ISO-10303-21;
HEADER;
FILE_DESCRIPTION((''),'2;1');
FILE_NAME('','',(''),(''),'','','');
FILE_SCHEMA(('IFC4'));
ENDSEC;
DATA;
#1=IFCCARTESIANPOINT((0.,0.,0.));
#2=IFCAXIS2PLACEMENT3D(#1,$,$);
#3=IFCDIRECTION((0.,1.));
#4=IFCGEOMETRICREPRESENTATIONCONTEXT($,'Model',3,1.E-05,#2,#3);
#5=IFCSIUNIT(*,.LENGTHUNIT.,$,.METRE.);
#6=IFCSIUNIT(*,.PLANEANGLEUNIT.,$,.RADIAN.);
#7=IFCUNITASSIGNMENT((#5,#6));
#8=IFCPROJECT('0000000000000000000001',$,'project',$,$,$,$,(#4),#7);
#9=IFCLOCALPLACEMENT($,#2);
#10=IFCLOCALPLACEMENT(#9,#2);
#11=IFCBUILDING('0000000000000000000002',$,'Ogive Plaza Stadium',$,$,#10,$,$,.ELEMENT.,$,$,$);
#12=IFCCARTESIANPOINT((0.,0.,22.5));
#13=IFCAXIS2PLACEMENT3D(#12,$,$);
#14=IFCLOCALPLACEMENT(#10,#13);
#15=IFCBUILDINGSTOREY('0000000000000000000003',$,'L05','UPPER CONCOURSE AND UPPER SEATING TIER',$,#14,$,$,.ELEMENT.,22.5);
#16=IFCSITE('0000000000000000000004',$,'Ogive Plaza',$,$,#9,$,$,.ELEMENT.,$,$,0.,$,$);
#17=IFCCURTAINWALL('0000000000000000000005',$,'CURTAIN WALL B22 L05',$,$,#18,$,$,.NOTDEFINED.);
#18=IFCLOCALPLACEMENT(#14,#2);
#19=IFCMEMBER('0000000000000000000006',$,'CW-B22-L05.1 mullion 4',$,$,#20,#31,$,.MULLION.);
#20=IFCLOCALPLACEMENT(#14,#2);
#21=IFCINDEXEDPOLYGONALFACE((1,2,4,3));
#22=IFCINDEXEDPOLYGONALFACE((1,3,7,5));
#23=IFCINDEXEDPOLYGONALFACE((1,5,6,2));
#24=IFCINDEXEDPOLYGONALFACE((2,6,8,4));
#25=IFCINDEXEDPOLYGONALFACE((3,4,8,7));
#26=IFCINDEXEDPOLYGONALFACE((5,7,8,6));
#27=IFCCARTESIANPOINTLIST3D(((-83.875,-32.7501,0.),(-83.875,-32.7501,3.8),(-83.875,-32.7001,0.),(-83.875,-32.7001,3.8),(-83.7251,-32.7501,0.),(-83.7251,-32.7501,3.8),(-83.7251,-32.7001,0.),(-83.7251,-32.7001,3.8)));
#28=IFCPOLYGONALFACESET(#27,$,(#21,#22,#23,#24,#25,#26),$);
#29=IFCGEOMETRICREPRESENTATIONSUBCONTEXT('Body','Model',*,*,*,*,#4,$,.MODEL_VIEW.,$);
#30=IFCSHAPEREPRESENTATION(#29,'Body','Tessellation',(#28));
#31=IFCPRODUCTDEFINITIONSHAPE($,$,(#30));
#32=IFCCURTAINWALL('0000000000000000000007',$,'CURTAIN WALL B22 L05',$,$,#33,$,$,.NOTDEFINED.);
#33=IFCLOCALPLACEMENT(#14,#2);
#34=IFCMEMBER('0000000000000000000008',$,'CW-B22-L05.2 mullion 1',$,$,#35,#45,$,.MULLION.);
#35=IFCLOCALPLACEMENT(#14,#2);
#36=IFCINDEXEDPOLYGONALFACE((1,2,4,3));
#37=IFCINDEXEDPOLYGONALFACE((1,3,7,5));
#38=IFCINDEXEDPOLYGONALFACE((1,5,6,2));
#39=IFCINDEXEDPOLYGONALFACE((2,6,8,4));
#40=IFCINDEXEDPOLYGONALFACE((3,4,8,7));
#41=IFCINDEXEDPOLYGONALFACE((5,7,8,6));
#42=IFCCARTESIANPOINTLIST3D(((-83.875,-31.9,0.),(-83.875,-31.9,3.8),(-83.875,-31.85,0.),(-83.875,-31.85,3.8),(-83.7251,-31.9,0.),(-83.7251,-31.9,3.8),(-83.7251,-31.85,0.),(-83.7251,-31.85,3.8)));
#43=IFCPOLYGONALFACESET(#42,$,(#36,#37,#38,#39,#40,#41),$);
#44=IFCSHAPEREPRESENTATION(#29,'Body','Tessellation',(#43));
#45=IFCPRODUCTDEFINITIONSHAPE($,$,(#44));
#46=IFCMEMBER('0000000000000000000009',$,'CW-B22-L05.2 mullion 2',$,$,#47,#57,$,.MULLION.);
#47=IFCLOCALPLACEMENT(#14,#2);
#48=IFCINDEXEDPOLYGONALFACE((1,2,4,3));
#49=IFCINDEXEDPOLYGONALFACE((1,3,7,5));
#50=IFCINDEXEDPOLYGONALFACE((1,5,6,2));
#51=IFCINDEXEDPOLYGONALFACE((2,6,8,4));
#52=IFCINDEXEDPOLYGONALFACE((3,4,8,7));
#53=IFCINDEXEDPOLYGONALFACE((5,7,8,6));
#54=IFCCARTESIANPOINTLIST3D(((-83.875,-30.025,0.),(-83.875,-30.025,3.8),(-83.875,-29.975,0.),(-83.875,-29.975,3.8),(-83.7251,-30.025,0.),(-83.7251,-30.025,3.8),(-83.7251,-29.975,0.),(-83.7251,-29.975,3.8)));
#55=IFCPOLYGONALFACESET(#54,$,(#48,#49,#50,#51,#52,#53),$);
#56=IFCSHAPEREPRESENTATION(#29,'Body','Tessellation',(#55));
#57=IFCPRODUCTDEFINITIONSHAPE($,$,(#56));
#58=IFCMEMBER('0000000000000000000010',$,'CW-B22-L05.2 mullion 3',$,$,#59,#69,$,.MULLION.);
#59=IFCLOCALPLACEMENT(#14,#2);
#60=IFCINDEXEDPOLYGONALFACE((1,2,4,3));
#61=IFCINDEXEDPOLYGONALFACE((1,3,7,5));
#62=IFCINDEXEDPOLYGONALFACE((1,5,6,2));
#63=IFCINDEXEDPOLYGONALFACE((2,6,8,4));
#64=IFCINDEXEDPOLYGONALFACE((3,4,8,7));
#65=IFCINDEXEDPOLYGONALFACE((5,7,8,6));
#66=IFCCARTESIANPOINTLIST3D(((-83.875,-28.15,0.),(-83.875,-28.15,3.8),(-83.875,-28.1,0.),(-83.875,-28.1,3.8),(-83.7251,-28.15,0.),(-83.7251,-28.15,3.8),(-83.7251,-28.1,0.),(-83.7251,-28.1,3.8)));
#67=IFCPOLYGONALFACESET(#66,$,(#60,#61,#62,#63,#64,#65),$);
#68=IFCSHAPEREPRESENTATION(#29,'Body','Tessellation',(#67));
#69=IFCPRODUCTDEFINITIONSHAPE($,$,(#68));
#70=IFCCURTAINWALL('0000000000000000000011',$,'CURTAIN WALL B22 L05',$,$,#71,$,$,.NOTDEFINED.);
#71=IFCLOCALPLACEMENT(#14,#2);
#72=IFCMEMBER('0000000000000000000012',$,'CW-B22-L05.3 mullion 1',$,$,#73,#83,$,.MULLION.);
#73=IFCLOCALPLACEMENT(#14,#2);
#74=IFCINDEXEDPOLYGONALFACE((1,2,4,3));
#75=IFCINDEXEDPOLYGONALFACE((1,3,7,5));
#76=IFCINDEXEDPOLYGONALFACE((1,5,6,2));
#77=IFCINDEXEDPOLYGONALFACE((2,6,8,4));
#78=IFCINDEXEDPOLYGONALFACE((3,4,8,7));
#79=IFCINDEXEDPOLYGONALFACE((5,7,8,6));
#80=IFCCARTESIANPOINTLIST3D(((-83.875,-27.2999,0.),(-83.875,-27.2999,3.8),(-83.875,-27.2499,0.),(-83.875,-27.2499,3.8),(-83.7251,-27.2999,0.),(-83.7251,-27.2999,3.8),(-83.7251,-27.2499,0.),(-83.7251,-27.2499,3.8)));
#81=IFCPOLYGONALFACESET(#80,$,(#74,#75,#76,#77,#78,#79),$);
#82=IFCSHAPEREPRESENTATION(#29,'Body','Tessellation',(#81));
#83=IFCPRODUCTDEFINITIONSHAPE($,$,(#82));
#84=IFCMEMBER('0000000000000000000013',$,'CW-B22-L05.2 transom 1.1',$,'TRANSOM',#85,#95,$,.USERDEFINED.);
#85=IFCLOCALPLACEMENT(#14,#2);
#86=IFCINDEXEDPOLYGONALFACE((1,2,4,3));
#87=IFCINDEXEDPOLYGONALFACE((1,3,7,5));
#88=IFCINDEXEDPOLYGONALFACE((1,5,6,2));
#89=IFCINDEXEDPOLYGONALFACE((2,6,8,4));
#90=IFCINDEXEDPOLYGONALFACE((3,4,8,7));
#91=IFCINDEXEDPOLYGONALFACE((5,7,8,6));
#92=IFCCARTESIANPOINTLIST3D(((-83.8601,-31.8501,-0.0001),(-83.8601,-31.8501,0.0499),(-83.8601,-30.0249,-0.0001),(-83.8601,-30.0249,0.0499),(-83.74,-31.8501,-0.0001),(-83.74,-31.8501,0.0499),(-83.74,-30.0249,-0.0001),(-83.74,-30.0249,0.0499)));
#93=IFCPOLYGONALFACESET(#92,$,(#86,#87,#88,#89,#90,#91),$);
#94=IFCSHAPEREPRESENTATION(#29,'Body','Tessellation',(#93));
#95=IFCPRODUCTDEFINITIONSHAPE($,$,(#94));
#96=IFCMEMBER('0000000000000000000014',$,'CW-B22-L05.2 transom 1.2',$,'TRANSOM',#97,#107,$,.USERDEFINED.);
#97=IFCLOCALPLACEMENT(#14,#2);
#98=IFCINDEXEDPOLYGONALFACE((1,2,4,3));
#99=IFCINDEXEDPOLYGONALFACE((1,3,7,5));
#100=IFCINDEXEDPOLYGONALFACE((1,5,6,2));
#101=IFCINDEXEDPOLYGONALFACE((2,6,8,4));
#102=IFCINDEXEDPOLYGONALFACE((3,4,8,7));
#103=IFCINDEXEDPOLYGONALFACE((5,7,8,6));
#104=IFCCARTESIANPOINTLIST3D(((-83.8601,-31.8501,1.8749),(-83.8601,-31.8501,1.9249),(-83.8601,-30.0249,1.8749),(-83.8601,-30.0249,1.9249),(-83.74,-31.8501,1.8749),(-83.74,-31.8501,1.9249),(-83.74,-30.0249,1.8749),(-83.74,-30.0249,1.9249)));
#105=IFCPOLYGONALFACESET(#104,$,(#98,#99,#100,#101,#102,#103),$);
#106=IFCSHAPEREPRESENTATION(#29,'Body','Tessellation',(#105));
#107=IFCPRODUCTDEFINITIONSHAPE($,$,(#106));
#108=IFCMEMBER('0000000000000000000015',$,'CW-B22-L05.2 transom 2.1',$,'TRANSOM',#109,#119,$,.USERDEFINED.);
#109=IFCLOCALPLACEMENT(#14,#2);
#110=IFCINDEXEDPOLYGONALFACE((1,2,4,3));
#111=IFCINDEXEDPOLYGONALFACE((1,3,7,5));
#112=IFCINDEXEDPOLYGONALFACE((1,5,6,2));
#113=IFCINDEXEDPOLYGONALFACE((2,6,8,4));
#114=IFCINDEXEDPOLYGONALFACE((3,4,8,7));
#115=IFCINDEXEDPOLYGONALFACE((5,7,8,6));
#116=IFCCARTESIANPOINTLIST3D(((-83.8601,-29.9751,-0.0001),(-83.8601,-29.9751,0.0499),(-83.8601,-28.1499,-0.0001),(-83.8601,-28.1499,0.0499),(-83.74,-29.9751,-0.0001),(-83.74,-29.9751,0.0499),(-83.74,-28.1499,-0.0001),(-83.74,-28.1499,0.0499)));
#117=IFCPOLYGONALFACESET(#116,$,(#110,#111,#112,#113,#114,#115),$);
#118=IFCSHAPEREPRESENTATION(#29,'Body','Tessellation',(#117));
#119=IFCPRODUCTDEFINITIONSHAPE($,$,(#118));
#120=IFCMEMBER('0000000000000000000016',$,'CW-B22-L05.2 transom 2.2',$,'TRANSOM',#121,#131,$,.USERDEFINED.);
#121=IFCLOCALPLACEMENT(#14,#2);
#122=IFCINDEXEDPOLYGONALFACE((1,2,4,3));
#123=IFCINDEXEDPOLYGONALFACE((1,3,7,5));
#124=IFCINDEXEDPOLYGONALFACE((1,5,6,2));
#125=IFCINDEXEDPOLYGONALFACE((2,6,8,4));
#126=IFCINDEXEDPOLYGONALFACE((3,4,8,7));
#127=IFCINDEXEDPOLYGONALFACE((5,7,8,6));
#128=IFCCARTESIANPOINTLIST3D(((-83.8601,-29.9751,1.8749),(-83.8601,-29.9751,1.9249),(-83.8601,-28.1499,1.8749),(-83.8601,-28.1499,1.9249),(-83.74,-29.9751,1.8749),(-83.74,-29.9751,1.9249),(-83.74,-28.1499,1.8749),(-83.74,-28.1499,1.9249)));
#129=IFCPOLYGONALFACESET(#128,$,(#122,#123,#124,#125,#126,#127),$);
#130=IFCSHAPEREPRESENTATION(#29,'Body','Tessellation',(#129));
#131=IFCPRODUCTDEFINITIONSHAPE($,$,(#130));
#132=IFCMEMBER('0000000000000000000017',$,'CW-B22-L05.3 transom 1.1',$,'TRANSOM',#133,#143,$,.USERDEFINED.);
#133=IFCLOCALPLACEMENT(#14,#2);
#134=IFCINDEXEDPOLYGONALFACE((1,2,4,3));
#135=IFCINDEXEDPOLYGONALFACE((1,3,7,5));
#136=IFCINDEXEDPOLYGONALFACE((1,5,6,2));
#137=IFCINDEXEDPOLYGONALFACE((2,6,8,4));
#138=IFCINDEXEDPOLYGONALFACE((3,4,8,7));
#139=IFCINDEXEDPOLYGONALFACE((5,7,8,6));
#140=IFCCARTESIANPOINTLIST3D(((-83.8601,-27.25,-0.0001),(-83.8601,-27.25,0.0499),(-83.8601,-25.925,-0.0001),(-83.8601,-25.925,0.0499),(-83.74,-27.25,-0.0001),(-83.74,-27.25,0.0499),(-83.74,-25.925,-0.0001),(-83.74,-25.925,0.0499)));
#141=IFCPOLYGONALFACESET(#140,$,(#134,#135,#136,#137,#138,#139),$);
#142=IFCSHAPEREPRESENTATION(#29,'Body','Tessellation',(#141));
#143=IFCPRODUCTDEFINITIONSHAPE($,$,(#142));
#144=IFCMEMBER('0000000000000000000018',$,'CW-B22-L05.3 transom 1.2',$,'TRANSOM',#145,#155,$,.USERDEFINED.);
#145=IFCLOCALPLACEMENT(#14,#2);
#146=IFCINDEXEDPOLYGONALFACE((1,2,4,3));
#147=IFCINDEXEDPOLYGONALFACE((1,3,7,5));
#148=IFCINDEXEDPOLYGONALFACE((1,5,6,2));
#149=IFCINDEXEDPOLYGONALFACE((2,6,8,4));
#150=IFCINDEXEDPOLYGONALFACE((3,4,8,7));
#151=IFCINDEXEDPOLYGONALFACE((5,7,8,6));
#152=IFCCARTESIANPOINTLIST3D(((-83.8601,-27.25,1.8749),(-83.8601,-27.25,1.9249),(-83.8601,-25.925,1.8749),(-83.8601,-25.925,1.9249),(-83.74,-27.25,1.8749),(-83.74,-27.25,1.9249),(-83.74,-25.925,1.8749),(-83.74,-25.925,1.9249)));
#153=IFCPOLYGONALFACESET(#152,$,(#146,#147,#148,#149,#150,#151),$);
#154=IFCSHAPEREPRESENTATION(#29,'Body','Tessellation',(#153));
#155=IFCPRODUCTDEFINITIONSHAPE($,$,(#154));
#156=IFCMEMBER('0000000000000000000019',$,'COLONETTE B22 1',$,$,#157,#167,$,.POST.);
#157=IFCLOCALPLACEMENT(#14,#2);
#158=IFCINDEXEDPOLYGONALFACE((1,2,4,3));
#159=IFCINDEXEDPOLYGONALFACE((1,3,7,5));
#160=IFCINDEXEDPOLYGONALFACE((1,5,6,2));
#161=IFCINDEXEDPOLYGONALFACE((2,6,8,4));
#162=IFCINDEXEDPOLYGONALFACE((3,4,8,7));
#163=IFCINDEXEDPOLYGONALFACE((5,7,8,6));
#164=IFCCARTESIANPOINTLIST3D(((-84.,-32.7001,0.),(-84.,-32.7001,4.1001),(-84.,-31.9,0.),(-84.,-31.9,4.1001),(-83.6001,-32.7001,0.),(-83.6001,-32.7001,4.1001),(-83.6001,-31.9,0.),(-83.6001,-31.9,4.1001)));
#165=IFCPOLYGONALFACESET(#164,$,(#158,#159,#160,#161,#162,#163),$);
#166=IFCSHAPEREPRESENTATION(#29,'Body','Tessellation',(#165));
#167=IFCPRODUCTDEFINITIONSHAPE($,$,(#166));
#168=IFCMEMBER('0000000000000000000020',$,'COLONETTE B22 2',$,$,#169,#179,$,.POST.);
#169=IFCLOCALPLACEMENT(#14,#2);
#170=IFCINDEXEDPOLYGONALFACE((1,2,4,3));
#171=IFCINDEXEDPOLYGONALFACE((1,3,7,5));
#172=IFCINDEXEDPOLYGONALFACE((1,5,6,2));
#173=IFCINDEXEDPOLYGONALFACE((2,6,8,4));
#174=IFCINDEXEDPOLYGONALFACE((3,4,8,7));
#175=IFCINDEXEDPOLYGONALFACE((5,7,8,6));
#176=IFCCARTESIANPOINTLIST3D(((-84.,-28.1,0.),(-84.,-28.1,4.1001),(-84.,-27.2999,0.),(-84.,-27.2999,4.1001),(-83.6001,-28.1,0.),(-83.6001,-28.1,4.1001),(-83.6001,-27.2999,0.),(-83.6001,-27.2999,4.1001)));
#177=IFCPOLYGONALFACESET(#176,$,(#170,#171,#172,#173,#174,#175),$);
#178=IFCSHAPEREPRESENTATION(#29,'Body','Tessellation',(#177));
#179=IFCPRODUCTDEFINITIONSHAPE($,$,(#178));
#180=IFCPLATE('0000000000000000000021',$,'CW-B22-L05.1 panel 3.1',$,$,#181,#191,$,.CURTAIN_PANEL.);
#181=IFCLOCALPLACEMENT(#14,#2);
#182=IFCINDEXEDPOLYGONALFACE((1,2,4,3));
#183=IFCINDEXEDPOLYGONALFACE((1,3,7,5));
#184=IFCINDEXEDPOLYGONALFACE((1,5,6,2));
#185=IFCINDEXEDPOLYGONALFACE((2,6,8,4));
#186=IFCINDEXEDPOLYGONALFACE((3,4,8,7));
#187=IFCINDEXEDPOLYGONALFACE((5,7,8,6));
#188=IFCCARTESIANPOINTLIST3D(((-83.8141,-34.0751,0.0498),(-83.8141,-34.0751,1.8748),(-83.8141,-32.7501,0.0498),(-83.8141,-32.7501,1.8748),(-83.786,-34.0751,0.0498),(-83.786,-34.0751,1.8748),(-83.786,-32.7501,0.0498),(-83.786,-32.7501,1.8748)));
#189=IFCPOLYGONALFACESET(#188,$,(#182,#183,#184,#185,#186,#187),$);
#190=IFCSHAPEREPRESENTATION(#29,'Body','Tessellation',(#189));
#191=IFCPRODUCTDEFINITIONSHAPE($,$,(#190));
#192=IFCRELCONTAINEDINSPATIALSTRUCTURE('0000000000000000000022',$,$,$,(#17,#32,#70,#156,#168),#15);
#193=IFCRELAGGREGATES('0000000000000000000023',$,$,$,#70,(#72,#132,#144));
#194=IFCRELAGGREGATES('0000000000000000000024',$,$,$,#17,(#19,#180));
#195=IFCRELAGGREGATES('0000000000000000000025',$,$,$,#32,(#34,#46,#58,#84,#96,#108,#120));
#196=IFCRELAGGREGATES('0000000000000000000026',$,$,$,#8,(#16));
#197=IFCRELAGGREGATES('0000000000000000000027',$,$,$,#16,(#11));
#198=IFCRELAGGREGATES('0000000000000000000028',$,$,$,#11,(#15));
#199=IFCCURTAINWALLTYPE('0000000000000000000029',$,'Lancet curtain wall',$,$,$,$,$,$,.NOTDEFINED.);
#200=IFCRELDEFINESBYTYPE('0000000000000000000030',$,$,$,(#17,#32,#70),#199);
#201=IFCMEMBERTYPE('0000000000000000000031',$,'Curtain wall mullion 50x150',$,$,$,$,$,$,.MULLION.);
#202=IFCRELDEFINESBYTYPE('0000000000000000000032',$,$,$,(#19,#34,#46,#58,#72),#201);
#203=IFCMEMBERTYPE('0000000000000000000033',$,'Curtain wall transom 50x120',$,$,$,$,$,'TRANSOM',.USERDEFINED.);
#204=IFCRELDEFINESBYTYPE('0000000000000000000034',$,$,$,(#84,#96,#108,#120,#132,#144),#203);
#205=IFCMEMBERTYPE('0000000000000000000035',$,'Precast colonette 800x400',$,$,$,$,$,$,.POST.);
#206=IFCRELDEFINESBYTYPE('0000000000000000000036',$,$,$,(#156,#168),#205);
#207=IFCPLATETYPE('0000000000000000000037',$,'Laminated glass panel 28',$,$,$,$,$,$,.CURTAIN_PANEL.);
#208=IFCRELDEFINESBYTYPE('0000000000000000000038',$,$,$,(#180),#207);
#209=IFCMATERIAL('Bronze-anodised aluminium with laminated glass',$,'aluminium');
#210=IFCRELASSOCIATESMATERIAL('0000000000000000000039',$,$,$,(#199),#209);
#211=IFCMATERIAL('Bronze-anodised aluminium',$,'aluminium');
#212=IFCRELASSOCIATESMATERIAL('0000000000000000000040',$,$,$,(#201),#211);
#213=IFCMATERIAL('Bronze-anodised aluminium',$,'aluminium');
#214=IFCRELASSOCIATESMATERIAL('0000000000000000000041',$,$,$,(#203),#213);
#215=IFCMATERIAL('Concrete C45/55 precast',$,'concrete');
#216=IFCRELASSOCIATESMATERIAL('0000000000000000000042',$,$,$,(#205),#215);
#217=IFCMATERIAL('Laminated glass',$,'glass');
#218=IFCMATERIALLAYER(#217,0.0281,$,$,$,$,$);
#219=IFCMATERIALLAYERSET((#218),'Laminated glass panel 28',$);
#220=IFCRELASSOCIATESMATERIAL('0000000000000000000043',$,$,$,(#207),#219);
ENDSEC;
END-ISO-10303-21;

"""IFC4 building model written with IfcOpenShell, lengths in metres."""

from ifc_helpers import new_model, si_unit, direction, frame, origin, origin_2d, place, context, subcontext, project, spatial, rectangle, extrude, material, layer, layer_set, material_profile, profile_set, type_object, element, aggregate, save


model = new_model("IFC4")

# Units and contexts
model_context = context("Model", 3, precision=1e-05, world=origin(), true_north=direction((0.0, 1.0)))
body_context = subcontext(model_context, "Body", "Model", "MODEL_VIEW")
ifc_project = project(units=[si_unit("LENGTHUNIT", "METRE"), si_unit("PLANEANGLEUNIT", "RADIAN")], contexts=[model_context])

# Site, building, storey
site_placement = place(None, origin())
site = spatial("IfcSite", under=ifc_project, at=site_placement, Name="Ogive Plaza", CompositionType="ELEMENT", RefElevation=0.0)
building_placement = place(site_placement, origin())
building = spatial("IfcBuilding", under=site, at=building_placement, Name="Ogive Plaza Stadium", CompositionType="ELEMENT")
storey_placement = place(building_placement, frame((0.0, 0.0, 22.5)))
storey = spatial("IfcBuildingStorey", under=building, at=storey_placement, Name="L05", Description="UPPER CONCOURSE AND UPPER SEATING TIER", CompositionType="ELEMENT", Elevation=22.5)

# Curtain wall, member
ifc_material_1 = material(Name="Bronze-anodised aluminium with laminated glass", Category="aluminium")
curtain_wall_type = type_object("IfcCurtainWallType", Name="Lancet curtain wall", PredefinedType="NOTDEFINED", material=ifc_material_1)
curtain_wall_1_placement = place(storey_placement, origin())
curtain_wall_1 = element("IfcCurtainWall", 1, at=curtain_wall_1_placement, inside=storey, type_object=curtain_wall_type, Name="CURTAIN WALL B22 L05", PredefinedType="NOTDEFINED")
ifc_material_2 = material(Name="Bronze-anodised aluminium", Category="aluminium")
ifc_material_profile_1 = material_profile(ifc_material_2, rectangle(XDim=0.1499, YDim=0.05, at=origin_2d()), Name="AL 150x50")
ifc_profile_set_1 = profile_set([ifc_material_profile_1], Name="Bronze-anodised aluminium")
member_type_1 = type_object("IfcMemberType", Name="Curtain wall mullion 50x150", PredefinedType="MULLION", material=ifc_profile_set_1)
member_1_placement = place(storey_placement, frame((-83.8, -32.7251, 0.0), z_axis=(0.0, 0.0, 1.0), x_axis=(-1.0, 0.0, 0.0)))
member_1 = element("IfcMember", 2, at=member_1_placement, type_object=member_type_1, Name="CW-B22-L05.1 mullion 4", PredefinedType="MULLION", context=body_context, shape_type="SweptSolid", body=[
    extrude(rectangle(XDim=0.1499, YDim=0.05, at=origin_2d()), origin(), (0.0, 0.0, 1.0), 3.8),
])

# Curtain wall, members
curtain_wall_2_placement = place(storey_placement, origin())
curtain_wall_2 = element("IfcCurtainWall", 3, at=curtain_wall_2_placement, inside=storey, type_object=curtain_wall_type, Name="CURTAIN WALL B22 L05", PredefinedType="NOTDEFINED")
member_2_placement = place(storey_placement, frame((-83.8, -31.875, 0.0), z_axis=(0.0, 0.0, 1.0), x_axis=(-1.0, 0.0, 0.0)))
member_2 = element("IfcMember", 4, at=member_2_placement, type_object=member_type_1, Name="CW-B22-L05.2 mullion 1", PredefinedType="MULLION", context=body_context, shape_type="SweptSolid", body=[
    extrude(rectangle(XDim=0.1499, YDim=0.05, at=origin_2d()), origin(), (0.0, 0.0, 1.0), 3.8),
])
member_3_placement = place(storey_placement, frame((-83.8, -30.0, 0.0), z_axis=(0.0, 0.0, 1.0), x_axis=(-1.0, 0.0, 0.0)))
member_3 = element("IfcMember", 5, at=member_3_placement, type_object=member_type_1, Name="CW-B22-L05.2 mullion 2", PredefinedType="MULLION", context=body_context, shape_type="SweptSolid", body=[
    extrude(rectangle(XDim=0.1499, YDim=0.05, at=origin_2d()), origin(), (0.0, 0.0, 1.0), 3.8),
])
member_4_placement = place(storey_placement, frame((-83.8, -28.125, 0.0), z_axis=(0.0, 0.0, 1.0), x_axis=(-1.0, 0.0, 0.0)))
member_4 = element("IfcMember", 6, at=member_4_placement, type_object=member_type_1, Name="CW-B22-L05.2 mullion 3", PredefinedType="MULLION", context=body_context, shape_type="SweptSolid", body=[
    extrude(rectangle(XDim=0.1499, YDim=0.05, at=origin_2d()), origin(), (0.0, 0.0, 1.0), 3.8),
])

# Curtain wall, member
curtain_wall_3_placement = place(storey_placement, origin())
curtain_wall_3 = element("IfcCurtainWall", 7, at=curtain_wall_3_placement, inside=storey, type_object=curtain_wall_type, Name="CURTAIN WALL B22 L05", PredefinedType="NOTDEFINED")
member_5_placement = place(storey_placement, frame((-83.8, -27.2749, 0.0), z_axis=(0.0, 0.0, 1.0), x_axis=(-1.0, 0.0, 0.0)))
member_5 = element("IfcMember", 8, at=member_5_placement, type_object=member_type_1, Name="CW-B22-L05.3 mullion 1", PredefinedType="MULLION", context=body_context, shape_type="SweptSolid", body=[
    extrude(rectangle(XDim=0.1499, YDim=0.05, at=origin_2d()), origin(), (0.0, 0.0, 1.0), 3.8),
])

# Members
ifc_material_3 = material(Name="Bronze-anodised aluminium", Category="aluminium")
ifc_material_profile_2 = material_profile(ifc_material_3, rectangle(XDim=0.1201, YDim=0.05, at=origin_2d()), Name="AL 120x50")
ifc_profile_set_2 = profile_set([ifc_material_profile_2], Name="Bronze-anodised aluminium")
member_type_2 = type_object("IfcMemberType", Name="Curtain wall transom 50x120", ElementType="TRANSOM", PredefinedType="USERDEFINED", material=ifc_profile_set_2)
member_6_placement = place(storey_placement, frame((-83.8, -31.8501, 0.0249), z_axis=(0.0, 1.0, 0.0), x_axis=(-1.0, 0.0, 0.0)))
member_6 = element("IfcMember", 9, at=member_6_placement, type_object=member_type_2, Name="CW-B22-L05.2 transom 1.1", ObjectType="TRANSOM", PredefinedType="USERDEFINED", context=body_context, shape_type="SweptSolid", body=[
    extrude(rectangle(XDim=0.1201, YDim=0.05, at=origin_2d()), origin(), (0.0, 0.0, 1.0), 1.8252),
])
member_7_placement = place(storey_placement, frame((-83.8, -31.8501, 1.8999), z_axis=(0.0, 1.0, 0.0), x_axis=(-1.0, 0.0, 0.0)))
member_7 = element("IfcMember", 10, at=member_7_placement, type_object=member_type_2, Name="CW-B22-L05.2 transom 1.2", ObjectType="TRANSOM", PredefinedType="USERDEFINED", context=body_context, shape_type="SweptSolid", body=[
    extrude(rectangle(XDim=0.1201, YDim=0.05, at=origin_2d()), origin(), (0.0, 0.0, 1.0), 1.8252),
])
member_8_placement = place(storey_placement, frame((-83.8, -29.9751, 0.0249), z_axis=(0.0, 1.0, 0.0), x_axis=(-1.0, 0.0, 0.0)))
member_8 = element("IfcMember", 11, at=member_8_placement, type_object=member_type_2, Name="CW-B22-L05.2 transom 2.1", ObjectType="TRANSOM", PredefinedType="USERDEFINED", context=body_context, shape_type="SweptSolid", body=[
    extrude(rectangle(XDim=0.1201, YDim=0.05, at=origin_2d()), origin(), (0.0, 0.0, 1.0), 1.8252),
])
member_9_placement = place(storey_placement, frame((-83.8, -29.9751, 1.8999), z_axis=(0.0, 1.0, 0.0), x_axis=(-1.0, 0.0, 0.0)))
member_9 = element("IfcMember", 12, at=member_9_placement, type_object=member_type_2, Name="CW-B22-L05.2 transom 2.2", ObjectType="TRANSOM", PredefinedType="USERDEFINED", context=body_context, shape_type="SweptSolid", body=[
    extrude(rectangle(XDim=0.1201, YDim=0.05, at=origin_2d()), origin(), (0.0, 0.0, 1.0), 1.8252),
])
member_10_placement = place(storey_placement, frame((-83.8, -27.25, 0.0249), z_axis=(0.0, 1.0, 0.0), x_axis=(-1.0, 0.0, 0.0)))
member_10 = element("IfcMember", 13, at=member_10_placement, type_object=member_type_2, Name="CW-B22-L05.3 transom 1.1", ObjectType="TRANSOM", PredefinedType="USERDEFINED", context=body_context, shape_type="SweptSolid", body=[
    extrude(rectangle(XDim=0.1201, YDim=0.05, at=origin_2d()), origin(), (0.0, 0.0, 1.0), 1.325),
])
member_11_placement = place(storey_placement, frame((-83.8, -27.25, 1.8999), z_axis=(0.0, 1.0, 0.0), x_axis=(-1.0, 0.0, 0.0)))
member_11 = element("IfcMember", 14, at=member_11_placement, type_object=member_type_2, Name="CW-B22-L05.3 transom 1.2", ObjectType="TRANSOM", PredefinedType="USERDEFINED", context=body_context, shape_type="SweptSolid", body=[
    extrude(rectangle(XDim=0.1201, YDim=0.05, at=origin_2d()), origin(), (0.0, 0.0, 1.0), 1.325),
])
aggregate(curtain_wall_3, [member_5, member_10, member_11])

# Members
ifc_material_4 = material(Name="Concrete C45/55 precast", Category="concrete")
ifc_material_profile_3 = material_profile(ifc_material_4, rectangle(XDim=0.3999, YDim=0.8, at=origin_2d()), Name="RC 400x800")
ifc_profile_set_3 = profile_set([ifc_material_profile_3], Name="Concrete C45/55 precast")
member_type_3 = type_object("IfcMemberType", Name="Precast colonette 800x400", PredefinedType="POST", material=ifc_profile_set_3)
for number, where, z_axis, x_axis, name in (
    (15, (-83.8, -32.3, 0.0), (0.0, 0.0, 1.0), (-1.0, 0.0, 0.0), "COLONETTE B22 1"),
    (16, (-83.8, -27.7, 0.0), (0.0, 0.0, 1.0), (-1.0, 0.0, 0.0), "COLONETTE B22 2"),
):
    element("IfcMember", number, at=place(storey_placement, frame(where, z_axis=z_axis, x_axis=x_axis)), inside=storey, type_object=member_type_3, Name=name, PredefinedType="POST", context=body_context, shape_type="SweptSolid", body=[
        extrude(rectangle(XDim=0.3999, YDim=0.8, at=origin_2d()), origin(), (0.0, 0.0, 1.0), 4.1001),
    ])

# Plate
ifc_material_5 = material(Name="Laminated glass", Category="glass")
ifc_layer_1 = layer(ifc_material_5, 0.0281)
ifc_layer_set_1 = layer_set([ifc_layer_1], Name="Laminated glass panel 28")
plate_type = type_object("IfcPlateType", Name="Laminated glass panel 28", PredefinedType="CURTAIN_PANEL", material=ifc_layer_set_1)
plate_1_placement = place(storey_placement, frame((-83.8, -33.4126, 0.0498), z_axis=(0.0, 0.0, 1.0), x_axis=(0.0, 1.0, 0.0)))
plate_1 = element("IfcPlate", 17, at=plate_1_placement, type_object=plate_type, Name="CW-B22-L05.1 panel 3.1", PredefinedType="CURTAIN_PANEL", context=body_context, shape_type="SweptSolid", body=[
    extrude(rectangle(XDim=1.325, YDim=0.0281, at=origin_2d()), origin(), (0.0, 0.0, 1.0), 1.825),
])
aggregate(curtain_wall_1, [member_1, plate_1])
aggregate(curtain_wall_2, [member_2, member_3, member_4, member_6, member_7, member_8, member_9])

save(model, "model.ifc")
